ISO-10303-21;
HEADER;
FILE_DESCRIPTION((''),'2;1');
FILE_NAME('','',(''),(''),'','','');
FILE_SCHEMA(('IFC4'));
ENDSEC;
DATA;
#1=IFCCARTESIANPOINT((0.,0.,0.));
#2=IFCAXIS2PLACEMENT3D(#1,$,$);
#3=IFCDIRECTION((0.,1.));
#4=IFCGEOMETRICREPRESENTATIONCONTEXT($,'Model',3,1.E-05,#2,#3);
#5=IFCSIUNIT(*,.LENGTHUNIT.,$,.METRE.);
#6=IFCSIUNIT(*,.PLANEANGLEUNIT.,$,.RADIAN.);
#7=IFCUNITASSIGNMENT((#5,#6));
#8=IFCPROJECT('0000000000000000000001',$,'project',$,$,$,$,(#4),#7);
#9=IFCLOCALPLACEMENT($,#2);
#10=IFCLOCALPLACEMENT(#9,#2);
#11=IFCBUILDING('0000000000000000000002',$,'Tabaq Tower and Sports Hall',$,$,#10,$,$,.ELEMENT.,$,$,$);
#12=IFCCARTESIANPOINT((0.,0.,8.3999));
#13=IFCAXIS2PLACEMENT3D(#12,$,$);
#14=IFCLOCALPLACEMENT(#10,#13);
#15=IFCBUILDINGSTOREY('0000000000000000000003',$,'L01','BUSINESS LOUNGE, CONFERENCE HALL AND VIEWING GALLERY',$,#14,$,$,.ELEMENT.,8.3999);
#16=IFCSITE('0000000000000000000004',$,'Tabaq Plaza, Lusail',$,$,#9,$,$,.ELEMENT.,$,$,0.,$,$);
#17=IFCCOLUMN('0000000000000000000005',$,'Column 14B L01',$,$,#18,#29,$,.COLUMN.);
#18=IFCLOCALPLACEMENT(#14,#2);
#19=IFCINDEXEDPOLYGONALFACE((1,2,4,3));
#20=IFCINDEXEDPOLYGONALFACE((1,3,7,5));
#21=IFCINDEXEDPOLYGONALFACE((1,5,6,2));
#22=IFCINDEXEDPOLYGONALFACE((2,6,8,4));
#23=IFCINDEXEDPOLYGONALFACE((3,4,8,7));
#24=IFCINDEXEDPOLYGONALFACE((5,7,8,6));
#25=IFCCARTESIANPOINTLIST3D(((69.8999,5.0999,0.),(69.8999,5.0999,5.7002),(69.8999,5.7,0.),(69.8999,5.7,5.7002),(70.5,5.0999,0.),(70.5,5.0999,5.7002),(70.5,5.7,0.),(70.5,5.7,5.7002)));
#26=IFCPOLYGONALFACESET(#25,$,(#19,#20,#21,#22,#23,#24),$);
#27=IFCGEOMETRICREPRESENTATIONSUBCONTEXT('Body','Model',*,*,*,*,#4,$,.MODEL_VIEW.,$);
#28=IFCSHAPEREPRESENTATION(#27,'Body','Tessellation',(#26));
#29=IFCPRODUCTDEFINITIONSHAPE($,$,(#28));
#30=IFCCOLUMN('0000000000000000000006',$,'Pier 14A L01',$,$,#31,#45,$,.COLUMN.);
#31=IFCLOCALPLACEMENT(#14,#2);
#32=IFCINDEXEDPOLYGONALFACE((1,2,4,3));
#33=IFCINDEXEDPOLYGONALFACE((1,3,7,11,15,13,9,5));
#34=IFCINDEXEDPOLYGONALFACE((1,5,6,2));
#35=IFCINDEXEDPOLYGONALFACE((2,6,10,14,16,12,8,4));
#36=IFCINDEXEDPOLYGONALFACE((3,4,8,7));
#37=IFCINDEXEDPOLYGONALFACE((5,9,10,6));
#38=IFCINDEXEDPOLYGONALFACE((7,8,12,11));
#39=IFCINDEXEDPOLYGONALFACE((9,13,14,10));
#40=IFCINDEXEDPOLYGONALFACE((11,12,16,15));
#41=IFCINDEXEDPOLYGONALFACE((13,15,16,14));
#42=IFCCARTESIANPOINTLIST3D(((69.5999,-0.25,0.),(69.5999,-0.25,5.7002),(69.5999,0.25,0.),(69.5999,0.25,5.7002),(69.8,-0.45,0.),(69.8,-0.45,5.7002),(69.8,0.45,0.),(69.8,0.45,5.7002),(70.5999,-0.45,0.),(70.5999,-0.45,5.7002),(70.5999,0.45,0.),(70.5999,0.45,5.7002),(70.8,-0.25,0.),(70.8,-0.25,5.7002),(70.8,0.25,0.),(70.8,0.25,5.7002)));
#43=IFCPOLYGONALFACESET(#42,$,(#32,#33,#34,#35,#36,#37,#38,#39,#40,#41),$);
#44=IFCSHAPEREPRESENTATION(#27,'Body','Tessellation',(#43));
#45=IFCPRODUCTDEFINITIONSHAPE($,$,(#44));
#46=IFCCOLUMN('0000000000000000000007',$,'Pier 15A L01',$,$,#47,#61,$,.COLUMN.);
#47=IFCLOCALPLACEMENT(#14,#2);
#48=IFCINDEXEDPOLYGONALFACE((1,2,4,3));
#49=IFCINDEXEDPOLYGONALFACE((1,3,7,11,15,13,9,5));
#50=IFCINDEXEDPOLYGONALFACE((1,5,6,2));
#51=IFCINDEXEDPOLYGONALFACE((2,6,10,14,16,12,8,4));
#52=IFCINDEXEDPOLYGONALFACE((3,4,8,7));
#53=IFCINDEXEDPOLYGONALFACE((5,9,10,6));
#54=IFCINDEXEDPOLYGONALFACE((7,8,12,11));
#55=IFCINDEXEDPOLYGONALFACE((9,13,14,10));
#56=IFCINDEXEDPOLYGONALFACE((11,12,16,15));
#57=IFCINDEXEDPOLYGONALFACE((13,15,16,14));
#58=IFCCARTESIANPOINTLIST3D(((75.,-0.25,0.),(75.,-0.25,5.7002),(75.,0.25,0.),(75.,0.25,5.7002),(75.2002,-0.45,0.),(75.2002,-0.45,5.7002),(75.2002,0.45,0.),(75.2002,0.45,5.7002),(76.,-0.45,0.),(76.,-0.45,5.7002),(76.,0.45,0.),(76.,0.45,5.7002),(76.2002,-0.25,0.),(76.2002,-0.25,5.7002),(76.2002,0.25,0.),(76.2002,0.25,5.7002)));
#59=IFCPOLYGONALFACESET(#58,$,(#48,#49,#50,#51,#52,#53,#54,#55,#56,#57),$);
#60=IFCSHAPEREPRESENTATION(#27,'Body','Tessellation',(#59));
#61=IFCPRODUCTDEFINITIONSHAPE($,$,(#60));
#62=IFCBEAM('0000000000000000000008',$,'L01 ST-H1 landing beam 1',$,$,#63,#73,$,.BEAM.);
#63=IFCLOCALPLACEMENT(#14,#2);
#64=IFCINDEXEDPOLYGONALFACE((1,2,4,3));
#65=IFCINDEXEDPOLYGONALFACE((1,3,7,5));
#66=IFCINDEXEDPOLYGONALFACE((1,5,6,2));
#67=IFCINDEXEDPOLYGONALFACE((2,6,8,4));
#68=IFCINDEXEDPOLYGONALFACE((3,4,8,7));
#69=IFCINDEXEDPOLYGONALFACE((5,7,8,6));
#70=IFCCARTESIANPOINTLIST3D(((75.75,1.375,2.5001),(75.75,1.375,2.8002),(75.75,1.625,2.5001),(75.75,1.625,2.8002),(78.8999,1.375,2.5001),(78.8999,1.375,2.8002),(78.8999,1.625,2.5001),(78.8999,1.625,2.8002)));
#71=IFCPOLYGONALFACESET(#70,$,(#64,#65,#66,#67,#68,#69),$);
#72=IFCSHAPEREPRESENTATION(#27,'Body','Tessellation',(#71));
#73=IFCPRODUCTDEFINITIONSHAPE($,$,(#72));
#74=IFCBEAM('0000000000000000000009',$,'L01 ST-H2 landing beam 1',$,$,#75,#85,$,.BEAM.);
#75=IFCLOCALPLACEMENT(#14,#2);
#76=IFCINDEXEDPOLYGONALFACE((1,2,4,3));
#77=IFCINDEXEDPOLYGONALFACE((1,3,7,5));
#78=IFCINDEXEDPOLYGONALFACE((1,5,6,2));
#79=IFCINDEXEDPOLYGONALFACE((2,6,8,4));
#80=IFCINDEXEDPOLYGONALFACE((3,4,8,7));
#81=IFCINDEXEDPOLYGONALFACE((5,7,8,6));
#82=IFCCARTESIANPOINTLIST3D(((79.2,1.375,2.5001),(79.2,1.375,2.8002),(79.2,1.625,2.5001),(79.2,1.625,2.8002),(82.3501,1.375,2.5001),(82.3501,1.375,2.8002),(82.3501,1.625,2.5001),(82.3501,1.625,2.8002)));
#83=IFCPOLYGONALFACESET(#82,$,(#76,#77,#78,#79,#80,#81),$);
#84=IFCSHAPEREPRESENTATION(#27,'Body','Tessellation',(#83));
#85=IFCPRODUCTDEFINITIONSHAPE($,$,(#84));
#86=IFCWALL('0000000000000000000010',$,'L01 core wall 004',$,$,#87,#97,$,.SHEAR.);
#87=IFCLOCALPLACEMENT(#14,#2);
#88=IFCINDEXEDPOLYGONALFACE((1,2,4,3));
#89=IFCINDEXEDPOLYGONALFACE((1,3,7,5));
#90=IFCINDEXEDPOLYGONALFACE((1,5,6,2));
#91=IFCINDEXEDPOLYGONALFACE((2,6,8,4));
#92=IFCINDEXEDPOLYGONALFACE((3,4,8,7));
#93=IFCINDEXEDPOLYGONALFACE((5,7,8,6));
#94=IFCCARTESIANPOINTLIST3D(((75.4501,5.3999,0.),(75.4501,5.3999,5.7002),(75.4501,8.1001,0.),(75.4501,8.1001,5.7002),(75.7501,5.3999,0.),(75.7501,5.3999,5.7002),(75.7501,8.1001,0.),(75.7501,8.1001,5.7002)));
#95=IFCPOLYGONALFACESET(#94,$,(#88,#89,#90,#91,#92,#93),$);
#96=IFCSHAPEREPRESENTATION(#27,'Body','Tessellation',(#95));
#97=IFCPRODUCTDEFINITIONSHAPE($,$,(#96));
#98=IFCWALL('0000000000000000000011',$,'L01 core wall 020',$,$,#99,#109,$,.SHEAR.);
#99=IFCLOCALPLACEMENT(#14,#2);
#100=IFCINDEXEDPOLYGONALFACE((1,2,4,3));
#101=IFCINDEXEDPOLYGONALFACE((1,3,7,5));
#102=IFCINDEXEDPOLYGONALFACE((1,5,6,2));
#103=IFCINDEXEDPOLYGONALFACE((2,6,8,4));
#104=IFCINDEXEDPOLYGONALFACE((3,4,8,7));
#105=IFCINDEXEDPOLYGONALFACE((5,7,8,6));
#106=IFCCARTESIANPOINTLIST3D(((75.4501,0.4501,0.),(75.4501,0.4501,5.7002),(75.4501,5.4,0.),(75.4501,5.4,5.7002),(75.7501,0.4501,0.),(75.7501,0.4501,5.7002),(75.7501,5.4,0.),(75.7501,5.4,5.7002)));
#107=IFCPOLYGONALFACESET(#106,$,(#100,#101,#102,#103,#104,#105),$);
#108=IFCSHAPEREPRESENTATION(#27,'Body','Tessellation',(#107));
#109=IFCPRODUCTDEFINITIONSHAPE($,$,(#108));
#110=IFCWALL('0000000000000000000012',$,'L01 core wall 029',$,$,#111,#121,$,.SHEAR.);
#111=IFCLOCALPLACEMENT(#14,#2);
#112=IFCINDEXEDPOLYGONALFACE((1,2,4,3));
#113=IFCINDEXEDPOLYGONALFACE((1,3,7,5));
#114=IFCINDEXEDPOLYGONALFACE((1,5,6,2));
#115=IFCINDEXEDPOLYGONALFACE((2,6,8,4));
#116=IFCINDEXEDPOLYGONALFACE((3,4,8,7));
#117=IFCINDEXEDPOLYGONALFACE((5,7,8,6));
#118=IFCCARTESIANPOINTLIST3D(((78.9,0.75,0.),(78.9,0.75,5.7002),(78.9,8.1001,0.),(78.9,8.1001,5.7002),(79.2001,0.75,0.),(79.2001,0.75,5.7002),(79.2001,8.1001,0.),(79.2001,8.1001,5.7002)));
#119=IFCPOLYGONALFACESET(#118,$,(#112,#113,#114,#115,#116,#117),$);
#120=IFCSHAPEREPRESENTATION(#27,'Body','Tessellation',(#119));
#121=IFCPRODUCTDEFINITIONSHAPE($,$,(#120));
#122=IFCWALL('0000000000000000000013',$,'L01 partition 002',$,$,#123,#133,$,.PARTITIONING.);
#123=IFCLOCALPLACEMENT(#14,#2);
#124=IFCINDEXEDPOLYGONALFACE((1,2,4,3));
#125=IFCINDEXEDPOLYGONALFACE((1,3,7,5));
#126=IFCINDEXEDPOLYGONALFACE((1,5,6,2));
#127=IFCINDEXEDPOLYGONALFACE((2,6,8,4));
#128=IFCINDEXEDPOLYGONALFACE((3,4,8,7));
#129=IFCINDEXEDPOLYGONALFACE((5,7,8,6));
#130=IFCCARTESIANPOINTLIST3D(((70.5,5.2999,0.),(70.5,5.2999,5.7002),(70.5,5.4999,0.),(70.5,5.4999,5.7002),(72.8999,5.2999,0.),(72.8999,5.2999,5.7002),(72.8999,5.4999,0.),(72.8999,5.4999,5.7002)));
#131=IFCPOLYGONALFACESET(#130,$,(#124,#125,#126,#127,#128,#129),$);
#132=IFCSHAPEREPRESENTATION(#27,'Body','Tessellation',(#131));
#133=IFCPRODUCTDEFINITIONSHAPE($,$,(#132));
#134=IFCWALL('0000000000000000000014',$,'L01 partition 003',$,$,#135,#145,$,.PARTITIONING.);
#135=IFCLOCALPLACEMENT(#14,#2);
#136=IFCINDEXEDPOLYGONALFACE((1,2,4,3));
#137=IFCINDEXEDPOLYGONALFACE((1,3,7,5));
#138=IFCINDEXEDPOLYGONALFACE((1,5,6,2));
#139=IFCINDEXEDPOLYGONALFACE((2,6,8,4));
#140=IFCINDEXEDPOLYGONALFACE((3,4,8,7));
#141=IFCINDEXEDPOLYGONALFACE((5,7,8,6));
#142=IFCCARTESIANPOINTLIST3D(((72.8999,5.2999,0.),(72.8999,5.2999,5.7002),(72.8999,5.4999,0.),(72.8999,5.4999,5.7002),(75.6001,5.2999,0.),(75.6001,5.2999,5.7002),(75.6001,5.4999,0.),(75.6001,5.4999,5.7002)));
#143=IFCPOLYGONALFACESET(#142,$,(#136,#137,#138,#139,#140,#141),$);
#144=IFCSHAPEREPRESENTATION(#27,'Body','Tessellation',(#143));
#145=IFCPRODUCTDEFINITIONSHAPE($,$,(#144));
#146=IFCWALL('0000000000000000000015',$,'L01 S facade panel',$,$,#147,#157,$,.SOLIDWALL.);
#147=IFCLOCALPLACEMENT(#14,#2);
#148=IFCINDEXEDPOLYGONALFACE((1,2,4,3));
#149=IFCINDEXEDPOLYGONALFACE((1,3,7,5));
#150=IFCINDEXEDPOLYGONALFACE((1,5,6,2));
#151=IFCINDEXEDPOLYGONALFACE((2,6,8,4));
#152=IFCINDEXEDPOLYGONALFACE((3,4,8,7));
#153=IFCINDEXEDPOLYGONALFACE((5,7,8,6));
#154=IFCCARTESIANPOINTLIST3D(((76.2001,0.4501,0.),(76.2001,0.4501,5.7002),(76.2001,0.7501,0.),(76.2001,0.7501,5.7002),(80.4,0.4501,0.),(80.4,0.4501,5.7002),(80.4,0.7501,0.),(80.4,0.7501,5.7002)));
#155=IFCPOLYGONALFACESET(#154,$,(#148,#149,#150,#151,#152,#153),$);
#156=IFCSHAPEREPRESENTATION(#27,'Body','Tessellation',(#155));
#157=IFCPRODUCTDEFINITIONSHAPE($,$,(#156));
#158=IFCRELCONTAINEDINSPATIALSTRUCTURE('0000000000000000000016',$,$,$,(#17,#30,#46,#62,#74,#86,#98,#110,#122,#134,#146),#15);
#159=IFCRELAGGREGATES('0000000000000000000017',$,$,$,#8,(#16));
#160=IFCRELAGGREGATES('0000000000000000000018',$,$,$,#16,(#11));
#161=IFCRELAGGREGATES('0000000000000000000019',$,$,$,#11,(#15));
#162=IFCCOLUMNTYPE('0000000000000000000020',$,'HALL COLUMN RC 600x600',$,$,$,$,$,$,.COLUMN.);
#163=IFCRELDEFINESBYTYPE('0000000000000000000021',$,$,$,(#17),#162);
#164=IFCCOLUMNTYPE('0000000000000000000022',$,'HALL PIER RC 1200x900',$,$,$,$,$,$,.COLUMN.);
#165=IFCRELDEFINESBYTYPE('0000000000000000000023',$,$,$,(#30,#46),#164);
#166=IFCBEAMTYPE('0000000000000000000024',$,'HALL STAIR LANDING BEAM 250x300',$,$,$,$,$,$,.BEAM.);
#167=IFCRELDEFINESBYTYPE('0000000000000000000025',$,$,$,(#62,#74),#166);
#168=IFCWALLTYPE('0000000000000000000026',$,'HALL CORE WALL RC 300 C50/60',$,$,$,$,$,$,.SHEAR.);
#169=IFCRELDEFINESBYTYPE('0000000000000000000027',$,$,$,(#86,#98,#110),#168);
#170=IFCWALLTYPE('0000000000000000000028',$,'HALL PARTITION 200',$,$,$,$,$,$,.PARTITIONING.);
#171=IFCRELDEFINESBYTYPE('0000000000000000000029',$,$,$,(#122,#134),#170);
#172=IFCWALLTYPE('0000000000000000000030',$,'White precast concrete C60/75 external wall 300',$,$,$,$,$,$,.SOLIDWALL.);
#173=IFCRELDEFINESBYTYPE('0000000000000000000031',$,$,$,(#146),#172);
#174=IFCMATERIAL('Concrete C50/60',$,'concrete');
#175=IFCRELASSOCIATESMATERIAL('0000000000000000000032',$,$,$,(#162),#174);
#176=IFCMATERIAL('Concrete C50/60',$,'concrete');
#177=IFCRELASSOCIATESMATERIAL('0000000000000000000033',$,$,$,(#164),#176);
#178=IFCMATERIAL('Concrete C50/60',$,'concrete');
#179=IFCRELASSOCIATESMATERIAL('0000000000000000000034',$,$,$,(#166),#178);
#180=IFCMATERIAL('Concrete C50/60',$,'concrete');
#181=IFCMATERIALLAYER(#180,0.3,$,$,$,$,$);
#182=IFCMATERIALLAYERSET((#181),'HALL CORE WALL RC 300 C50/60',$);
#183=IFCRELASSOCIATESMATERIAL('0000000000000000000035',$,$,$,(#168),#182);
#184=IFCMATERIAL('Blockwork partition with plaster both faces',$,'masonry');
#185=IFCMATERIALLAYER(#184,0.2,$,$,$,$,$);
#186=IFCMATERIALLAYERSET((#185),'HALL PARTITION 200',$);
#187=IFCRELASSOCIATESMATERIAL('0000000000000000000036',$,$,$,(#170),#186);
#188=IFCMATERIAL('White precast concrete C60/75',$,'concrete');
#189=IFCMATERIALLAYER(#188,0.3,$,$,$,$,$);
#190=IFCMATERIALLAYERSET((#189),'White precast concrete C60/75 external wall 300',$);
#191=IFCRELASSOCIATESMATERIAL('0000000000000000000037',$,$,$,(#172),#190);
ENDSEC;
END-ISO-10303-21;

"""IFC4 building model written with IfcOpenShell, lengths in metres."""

from ifc_helpers import new_model, si_unit, direction, frame, frame_2d, origin, origin_2d, place, context, subcontext, project, spatial, polyline, rectangle, outline, extrude, material, layer, layer_set, material_profile, profile_set, type_object, element, save


model = new_model("IFC4")

# Units and contexts
model_context = context("Model", 3, precision=1e-05, world=origin(), true_north=direction((0.0, 1.0)))
body_context = subcontext(model_context, "Body", "Model", "MODEL_VIEW")
ifc_project = project(units=[si_unit("LENGTHUNIT", "METRE"), si_unit("PLANEANGLEUNIT", "RADIAN")], contexts=[model_context])

# Site, building, storey
site_placement = place(None, origin())
site = spatial("IfcSite", under=ifc_project, at=site_placement, Name="Tabaq Plaza, Lusail", CompositionType="ELEMENT", RefElevation=0.0)
building_placement = place(site_placement, origin())
building = spatial("IfcBuilding", under=site, at=building_placement, Name="Tabaq Tower and Sports Hall", CompositionType="ELEMENT")
storey_placement = place(building_placement, frame((0.0, 0.0, 8.3999)))
storey = spatial("IfcBuildingStorey", under=building, at=storey_placement, Name="L01", Description="BUSINESS LOUNGE, CONFERENCE HALL AND VIEWING GALLERY", CompositionType="ELEMENT", Elevation=8.3999)

# Columns
ifc_material_1 = material(Name="Concrete C50/60", Category="concrete")
ifc_material_profile_1 = material_profile(ifc_material_1, rectangle(XDim=0.6001, YDim=0.6001, at=origin_2d()), Name="RC 600x600")
ifc_profile_set_1 = profile_set([ifc_material_profile_1], Name="Concrete C50/60")
column_type_1 = type_object("IfcColumnType", Name="HALL COLUMN RC 600x600", PredefinedType="COLUMN", material=ifc_profile_set_1)
column_placement = place(storey_placement, frame((70.2, 5.3999, 0.0), z_axis=(0.0, 0.0, 1.0), x_axis=(1.0, 0.0, 0.0)))
element("IfcColumn", 1, at=column_placement, inside=storey, type_object=column_type_1, Name="Column 14B L01", PredefinedType="COLUMN", context=body_context, shape_type="SweptSolid", body=[
    extrude(rectangle(XDim=0.6001, YDim=0.6001, at=origin_2d()), origin(), (0.0, 0.0, 1.0), 5.7002),
])
ifc_material_2 = material(Name="Concrete C50/60", Category="concrete")
ifc_material_profile_2 = material_profile(ifc_material_2, outline(polyline([(-0.3999, -0.45), (0.3999, -0.45), (0.6001, -0.25), (0.6001, 0.25), (0.3999, 0.45), (-0.3999, 0.45), (-0.6001, 0.25), (-0.6001, -0.25), (-0.3999, -0.45)])), Name="PIER 1200x900")
ifc_profile_set_2 = profile_set([ifc_material_profile_2], Name="Concrete C50/60")
column_type_2 = type_object("IfcColumnType", Name="HALL PIER RC 1200x900", PredefinedType="COLUMN", material=ifc_profile_set_2)
for number, where, z_axis, x_axis, name in (
    (2, (70.2, 0.0, 0.0), (0.0, 0.0, 1.0), (1.0, 0.0, 0.0), "Pier 14A L01"),
    (3, (75.6001, 0.0, 0.0), (0.0, 0.0, 1.0), (1.0, 0.0, 0.0), "Pier 15A L01"),
):
    element("IfcColumn", number, at=place(storey_placement, frame(where, z_axis=z_axis, x_axis=x_axis)), inside=storey, type_object=column_type_2, Name=name, PredefinedType="COLUMN", context=body_context, shape_type="SweptSolid", body=[
        extrude(outline(polyline([(-0.3999, -0.45), (0.3999, -0.45), (0.6001, -0.25), (0.6001, 0.25), (0.3999, 0.45), (-0.3999, 0.45), (-0.6001, 0.25), (-0.6001, -0.25), (-0.3999, -0.45)])), origin(), (0.0, 0.0, 1.0), 5.7002),
    ])

# Beams
ifc_material_3 = material(Name="Concrete C50/60", Category="concrete")
ifc_material_profile_3 = material_profile(ifc_material_3, rectangle(XDim=0.25, YDim=0.3, at=origin_2d()), Name="RC 250x300")
ifc_profile_set_3 = profile_set([ifc_material_profile_3], Name="Concrete C50/60")
beam_type = type_object("IfcBeamType", Name="HALL STAIR LANDING BEAM 250x300", PredefinedType="BEAM", material=ifc_profile_set_3)
beam_1_placement = place(storey_placement, frame((75.75, 1.5, 2.6501), z_axis=(1.0, 0.0, 0.0), x_axis=(0.0, 1.0, 0.0)))
element("IfcBeam", 4, at=beam_1_placement, inside=storey, type_object=beam_type, Name="L01 ST-H1 landing beam 1", PredefinedType="BEAM", context=body_context, shape_type="SweptSolid", body=[
    extrude(rectangle(XDim=0.25, YDim=0.3, at=origin_2d()), origin(), (0.0, 0.0, 1.0), 3.1499),
])
beam_2_placement = place(storey_placement, frame((79.2, 1.5, 2.6501), z_axis=(1.0, 0.0, 0.0), x_axis=(0.0, 1.0, 0.0)))
element("IfcBeam", 5, at=beam_2_placement, inside=storey, type_object=beam_type, Name="L01 ST-H2 landing beam 1", PredefinedType="BEAM", context=body_context, shape_type="SweptSolid", body=[
    extrude(rectangle(XDim=0.25, YDim=0.3, at=origin_2d()), origin(), (0.0, 0.0, 1.0), 3.1501),
])

# Wall
ifc_material_4 = material(Name="Concrete C50/60", Category="concrete")
ifc_layer_1 = layer(ifc_material_4, 0.3)
ifc_layer_set_1 = layer_set([ifc_layer_1], Name="HALL CORE WALL RC 300 C50/60")
wall_type_1 = type_object("IfcWallType", Name="HALL CORE WALL RC 300 C50/60", PredefinedType="SHEAR", material=ifc_layer_set_1)
wall_1_placement = place(storey_placement, frame((75.6001, 5.3999, 0.0), z_axis=(0.0, 0.0, 1.0), x_axis=(0.0, 1.0, 0.0)))
element("IfcWall", 6, at=wall_1_placement, inside=storey, type_object=wall_type_1, Name="L01 core wall 004", PredefinedType="SHEAR", context=body_context, shape_type="SweptSolid", body=[
    extrude(rectangle(XDim=2.7002, YDim=0.3, at=frame_2d((1.3501, 0.0))), origin(), (0.0, 0.0, 1.0), 5.7002),
])

# Walls
wall_2_placement = place(storey_placement, frame((75.6001, 0.45, 0.0), z_axis=(0.0, 0.0, 1.0), x_axis=(0.0, 1.0, 0.0)))
element("IfcWall", 7, at=wall_2_placement, inside=storey, type_object=wall_type_1, Name="L01 core wall 020", PredefinedType="SHEAR", context=body_context, shape_type="SweptSolid", body=[
    extrude(rectangle(XDim=4.95, YDim=0.3, at=frame_2d((2.4751, 0.0))), origin(), (0.0, 0.0, 1.0), 5.7002),
])
wall_3_placement = place(storey_placement, frame((79.05, 0.75, 0.0), z_axis=(0.0, 0.0, 1.0), x_axis=(0.0, 1.0, 0.0)))
element("IfcWall", 8, at=wall_3_placement, inside=storey, type_object=wall_type_1, Name="L01 core wall 029", PredefinedType="SHEAR", context=body_context, shape_type="SweptSolid", body=[
    extrude(rectangle(XDim=7.3501, YDim=0.3, at=frame_2d((3.675, 0.0))), origin(), (0.0, 0.0, 1.0), 5.7002),
])
ifc_material_5 = material(Name="Blockwork partition with plaster both faces", Category="masonry")
ifc_layer_2 = layer(ifc_material_5, 0.2)
ifc_layer_set_2 = layer_set([ifc_layer_2], Name="HALL PARTITION 200")
wall_type_2 = type_object("IfcWallType", Name="HALL PARTITION 200", PredefinedType="PARTITIONING", material=ifc_layer_set_2)
wall_4_placement = place(storey_placement, frame((70.5, 5.3999, 0.0), z_axis=(0.0, 0.0, 1.0), x_axis=(1.0, 0.0, 0.0)))
element("IfcWall", 9, at=wall_4_placement, inside=storey, type_object=wall_type_2, Name="L01 partition 002", PredefinedType="PARTITIONING", context=body_context, shape_type="SweptSolid", body=[
    extrude(rectangle(XDim=2.3999, YDim=0.2, at=frame_2d((1.2, 0.0))), origin(), (0.0, 0.0, 1.0), 5.7002),
])
wall_5_placement = place(storey_placement, frame((72.8999, 5.3999, 0.0), z_axis=(0.0, 0.0, 1.0), x_axis=(1.0, 0.0, 0.0)))
element("IfcWall", 10, at=wall_5_placement, inside=storey, type_object=wall_type_2, Name="L01 partition 003", PredefinedType="PARTITIONING", context=body_context, shape_type="SweptSolid", body=[
    extrude(rectangle(XDim=2.7002, YDim=0.2, at=frame_2d((1.3501, 0.0))), origin(), (0.0, 0.0, 1.0), 5.7002),
])

# Shared definitions
ifc_material_6 = material(Name="White precast concrete C60/75", Category="concrete")
ifc_layer_3 = layer(ifc_material_6, 0.3)
ifc_layer_set_3 = layer_set([ifc_layer_3], Name="White precast concrete C60/75 external wall 300")
wall_type_3 = type_object("IfcWallType", Name="White precast concrete C60/75 external wall 300", PredefinedType="SOLIDWALL", material=ifc_layer_set_3)

# Wall
wall_6_placement = place(storey_placement, frame((76.2, 0.6001, 0.0), z_axis=(0.0, 0.0, 1.0), x_axis=(1.0, 0.0, 0.0)))
element("IfcWall", 11, at=wall_6_placement, inside=storey, type_object=wall_type_3, Name="L01 S facade panel", PredefinedType="SOLIDWALL", context=body_context, shape_type="SweptSolid", body=[
    extrude(rectangle(XDim=4.2, YDim=0.3, at=frame_2d((2.1001, 0.0))), origin(), (0.0, 0.0, 1.0), 5.7002),
])

save(model, "model.ifc")
